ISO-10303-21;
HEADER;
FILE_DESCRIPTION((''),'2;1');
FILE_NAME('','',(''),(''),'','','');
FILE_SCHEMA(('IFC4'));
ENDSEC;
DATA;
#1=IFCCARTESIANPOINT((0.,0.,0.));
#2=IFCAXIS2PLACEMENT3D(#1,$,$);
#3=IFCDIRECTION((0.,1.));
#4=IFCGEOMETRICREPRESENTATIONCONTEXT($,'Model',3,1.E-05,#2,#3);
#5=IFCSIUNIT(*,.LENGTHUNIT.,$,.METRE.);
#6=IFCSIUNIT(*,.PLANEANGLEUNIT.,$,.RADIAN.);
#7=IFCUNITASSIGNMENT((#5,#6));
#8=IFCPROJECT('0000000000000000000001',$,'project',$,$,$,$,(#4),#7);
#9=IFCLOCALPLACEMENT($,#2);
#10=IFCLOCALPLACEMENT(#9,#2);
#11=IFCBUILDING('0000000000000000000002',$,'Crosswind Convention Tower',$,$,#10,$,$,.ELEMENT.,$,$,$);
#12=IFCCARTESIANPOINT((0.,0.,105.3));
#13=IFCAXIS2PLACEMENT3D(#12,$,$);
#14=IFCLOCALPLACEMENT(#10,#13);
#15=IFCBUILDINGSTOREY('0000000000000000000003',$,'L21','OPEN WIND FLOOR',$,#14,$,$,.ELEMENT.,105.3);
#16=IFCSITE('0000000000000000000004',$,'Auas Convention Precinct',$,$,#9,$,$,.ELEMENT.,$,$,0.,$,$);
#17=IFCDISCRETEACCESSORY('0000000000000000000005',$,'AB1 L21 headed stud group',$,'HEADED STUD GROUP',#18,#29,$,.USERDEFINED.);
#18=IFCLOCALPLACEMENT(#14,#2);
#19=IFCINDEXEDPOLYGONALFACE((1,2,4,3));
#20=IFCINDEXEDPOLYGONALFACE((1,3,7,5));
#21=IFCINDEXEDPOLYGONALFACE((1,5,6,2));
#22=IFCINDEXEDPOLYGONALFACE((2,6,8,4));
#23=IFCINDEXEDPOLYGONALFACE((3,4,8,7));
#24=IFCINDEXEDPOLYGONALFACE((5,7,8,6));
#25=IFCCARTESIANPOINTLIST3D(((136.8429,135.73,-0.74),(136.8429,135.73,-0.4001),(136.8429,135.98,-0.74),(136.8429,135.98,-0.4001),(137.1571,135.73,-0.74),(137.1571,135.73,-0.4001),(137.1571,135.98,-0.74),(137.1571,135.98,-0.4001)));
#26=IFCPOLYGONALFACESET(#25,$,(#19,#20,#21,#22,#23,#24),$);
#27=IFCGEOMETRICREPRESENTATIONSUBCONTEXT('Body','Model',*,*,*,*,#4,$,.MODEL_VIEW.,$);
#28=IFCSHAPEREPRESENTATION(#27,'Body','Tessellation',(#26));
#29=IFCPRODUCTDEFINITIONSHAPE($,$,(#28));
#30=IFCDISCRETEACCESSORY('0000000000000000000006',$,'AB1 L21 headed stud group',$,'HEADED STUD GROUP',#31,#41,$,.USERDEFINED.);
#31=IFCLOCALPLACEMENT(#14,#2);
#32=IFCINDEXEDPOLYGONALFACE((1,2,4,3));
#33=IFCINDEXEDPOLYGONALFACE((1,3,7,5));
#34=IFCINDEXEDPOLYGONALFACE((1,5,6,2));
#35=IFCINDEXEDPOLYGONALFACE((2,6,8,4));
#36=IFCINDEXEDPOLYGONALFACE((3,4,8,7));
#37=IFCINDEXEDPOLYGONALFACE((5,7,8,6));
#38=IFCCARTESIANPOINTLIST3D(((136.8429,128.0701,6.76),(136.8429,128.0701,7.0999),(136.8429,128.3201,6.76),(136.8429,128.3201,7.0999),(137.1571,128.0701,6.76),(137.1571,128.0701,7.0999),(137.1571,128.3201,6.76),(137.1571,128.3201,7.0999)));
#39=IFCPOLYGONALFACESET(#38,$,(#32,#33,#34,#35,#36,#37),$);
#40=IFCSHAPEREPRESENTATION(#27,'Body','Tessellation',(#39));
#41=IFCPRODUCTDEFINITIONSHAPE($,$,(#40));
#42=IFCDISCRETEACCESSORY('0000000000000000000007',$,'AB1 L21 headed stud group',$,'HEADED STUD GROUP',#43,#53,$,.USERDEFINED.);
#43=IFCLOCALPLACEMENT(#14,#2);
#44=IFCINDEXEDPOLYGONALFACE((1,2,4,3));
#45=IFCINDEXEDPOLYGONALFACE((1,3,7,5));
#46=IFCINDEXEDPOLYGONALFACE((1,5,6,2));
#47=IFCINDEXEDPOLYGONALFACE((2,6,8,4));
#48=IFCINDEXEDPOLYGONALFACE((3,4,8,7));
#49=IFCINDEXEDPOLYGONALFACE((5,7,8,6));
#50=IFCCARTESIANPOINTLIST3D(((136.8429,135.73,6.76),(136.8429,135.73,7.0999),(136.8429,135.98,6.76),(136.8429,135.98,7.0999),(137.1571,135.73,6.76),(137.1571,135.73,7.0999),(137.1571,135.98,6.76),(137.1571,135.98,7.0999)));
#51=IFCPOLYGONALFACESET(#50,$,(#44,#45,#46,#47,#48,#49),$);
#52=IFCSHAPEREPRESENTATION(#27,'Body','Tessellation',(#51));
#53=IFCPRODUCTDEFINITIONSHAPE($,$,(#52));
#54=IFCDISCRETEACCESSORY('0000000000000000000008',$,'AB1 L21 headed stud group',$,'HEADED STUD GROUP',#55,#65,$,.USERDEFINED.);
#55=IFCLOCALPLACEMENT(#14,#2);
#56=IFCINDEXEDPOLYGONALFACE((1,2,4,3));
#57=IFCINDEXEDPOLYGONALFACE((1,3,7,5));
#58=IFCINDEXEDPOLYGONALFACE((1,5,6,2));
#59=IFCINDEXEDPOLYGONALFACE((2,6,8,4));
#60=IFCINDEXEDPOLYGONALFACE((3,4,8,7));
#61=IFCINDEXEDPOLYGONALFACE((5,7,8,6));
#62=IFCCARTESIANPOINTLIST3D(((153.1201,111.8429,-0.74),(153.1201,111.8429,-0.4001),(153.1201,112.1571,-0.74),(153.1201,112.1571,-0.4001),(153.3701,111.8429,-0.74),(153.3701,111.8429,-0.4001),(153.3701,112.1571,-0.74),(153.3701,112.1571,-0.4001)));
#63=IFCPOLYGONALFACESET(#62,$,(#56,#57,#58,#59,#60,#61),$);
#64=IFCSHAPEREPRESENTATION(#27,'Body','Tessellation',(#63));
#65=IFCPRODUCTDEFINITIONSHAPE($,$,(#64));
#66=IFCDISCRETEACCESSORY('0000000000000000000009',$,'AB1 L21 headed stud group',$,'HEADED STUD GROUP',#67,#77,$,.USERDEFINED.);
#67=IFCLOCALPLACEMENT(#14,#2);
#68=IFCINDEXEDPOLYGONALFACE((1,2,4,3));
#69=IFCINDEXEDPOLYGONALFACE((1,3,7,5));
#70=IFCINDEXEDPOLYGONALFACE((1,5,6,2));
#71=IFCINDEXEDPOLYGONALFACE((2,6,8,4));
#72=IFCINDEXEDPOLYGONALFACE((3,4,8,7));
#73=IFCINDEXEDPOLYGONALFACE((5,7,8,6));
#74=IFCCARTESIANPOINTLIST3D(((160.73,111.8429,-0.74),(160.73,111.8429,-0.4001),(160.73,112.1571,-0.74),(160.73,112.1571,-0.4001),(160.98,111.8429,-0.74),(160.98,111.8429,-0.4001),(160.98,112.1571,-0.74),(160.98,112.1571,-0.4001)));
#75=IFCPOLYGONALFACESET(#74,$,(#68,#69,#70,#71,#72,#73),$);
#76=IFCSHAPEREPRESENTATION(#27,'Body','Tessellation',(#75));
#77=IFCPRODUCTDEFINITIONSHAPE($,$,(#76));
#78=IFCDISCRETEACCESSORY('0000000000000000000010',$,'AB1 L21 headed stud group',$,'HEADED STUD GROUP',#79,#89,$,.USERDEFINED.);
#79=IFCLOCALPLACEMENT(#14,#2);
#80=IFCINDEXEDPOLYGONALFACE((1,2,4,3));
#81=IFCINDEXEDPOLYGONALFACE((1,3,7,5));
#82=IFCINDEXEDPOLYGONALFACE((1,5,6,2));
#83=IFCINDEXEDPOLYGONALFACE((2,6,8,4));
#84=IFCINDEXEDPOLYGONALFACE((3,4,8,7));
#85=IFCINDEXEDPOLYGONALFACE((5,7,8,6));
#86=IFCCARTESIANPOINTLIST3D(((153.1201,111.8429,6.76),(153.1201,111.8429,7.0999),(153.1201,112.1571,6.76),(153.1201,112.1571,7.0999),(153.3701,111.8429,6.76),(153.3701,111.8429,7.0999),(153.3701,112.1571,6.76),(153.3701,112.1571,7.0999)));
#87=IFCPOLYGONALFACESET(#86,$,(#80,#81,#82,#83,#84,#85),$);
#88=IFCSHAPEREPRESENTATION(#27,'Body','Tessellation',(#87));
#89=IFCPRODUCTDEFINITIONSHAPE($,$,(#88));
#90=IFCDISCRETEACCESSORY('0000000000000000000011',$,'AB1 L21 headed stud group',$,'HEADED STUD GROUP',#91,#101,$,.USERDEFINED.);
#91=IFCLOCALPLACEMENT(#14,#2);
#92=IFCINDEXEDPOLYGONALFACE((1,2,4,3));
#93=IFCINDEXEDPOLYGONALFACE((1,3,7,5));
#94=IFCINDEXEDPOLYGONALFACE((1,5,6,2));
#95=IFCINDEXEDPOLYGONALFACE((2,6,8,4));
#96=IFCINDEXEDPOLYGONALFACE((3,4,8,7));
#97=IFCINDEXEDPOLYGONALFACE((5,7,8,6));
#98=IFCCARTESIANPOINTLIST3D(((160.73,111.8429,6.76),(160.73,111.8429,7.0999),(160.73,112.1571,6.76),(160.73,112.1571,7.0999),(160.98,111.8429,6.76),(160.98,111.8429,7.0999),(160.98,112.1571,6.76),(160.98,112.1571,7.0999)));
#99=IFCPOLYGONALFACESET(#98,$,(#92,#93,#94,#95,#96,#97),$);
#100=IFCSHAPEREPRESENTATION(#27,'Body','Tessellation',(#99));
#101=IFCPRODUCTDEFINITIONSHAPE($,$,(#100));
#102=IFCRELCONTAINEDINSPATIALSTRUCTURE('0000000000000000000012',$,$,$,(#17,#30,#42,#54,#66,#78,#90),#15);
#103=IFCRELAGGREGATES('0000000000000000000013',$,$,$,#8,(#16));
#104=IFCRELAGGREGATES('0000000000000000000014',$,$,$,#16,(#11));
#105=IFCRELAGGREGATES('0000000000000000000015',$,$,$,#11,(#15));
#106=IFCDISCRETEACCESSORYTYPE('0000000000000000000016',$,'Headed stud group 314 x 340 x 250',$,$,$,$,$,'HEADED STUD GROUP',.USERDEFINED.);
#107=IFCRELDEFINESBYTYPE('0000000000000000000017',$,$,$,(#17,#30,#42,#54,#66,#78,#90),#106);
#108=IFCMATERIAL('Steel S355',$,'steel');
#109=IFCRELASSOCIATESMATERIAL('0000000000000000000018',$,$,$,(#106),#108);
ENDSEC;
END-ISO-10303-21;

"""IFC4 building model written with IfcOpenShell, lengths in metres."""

from ifc_helpers import new_model, si_unit, direction, frame, origin, origin_2d, place, context, subcontext, project, spatial, rectangle, extrude, material, type_object, element, save


model = new_model("IFC4")

# Units and contexts
model_context = context("Model", 3, precision=1e-05, world=origin(), true_north=direction((0.0, 1.0)))
body_context = subcontext(model_context, "Body", "Model", "MODEL_VIEW")
ifc_project = project(units=[si_unit("LENGTHUNIT", "METRE"), si_unit("PLANEANGLEUNIT", "RADIAN")], contexts=[model_context])

# Site, building, storey
site_placement = place(None, origin())
site = spatial("IfcSite", under=ifc_project, at=site_placement, Name="Auas Convention Precinct", CompositionType="ELEMENT", RefElevation=0.0)
building_placement = place(site_placement, origin())
building = spatial("IfcBuilding", under=site, at=building_placement, Name="Crosswind Convention Tower", CompositionType="ELEMENT")
storey_placement = place(building_placement, frame((0.0, 0.0, 105.3)))
storey = spatial("IfcBuildingStorey", under=building, at=storey_placement, Name="L21", Description="OPEN WIND FLOOR", CompositionType="ELEMENT", Elevation=105.3)

# Shared definitions
ifc_material_1 = material(Name="Steel S355", Category="steel")

# Discrete accessories
discrete_accessory_type_1 = type_object("IfcDiscreteAccessoryType", Name="Headed stud group 314 x 340 x 250", ElementType="HEADED STUD GROUP", PredefinedType="USERDEFINED", material=ifc_material_1)
for number, where, z_axis, x_axis, name in (
    (1, (137.0, 135.855, -0.74), (0.0, 0.0, 1.0), (1.0, 0.0, 0.0), "AB1 L21 headed stud group"),
    (2, (137.0, 128.1951, 6.76), (0.0, 0.0, 1.0), (1.0, 0.0, 0.0), "AB1 L21 headed stud group"),
    (3, (137.0, 135.855, 6.76), (0.0, 0.0, 1.0), (1.0, 0.0, 0.0), "AB1 L21 headed stud group"),
):
    element("IfcDiscreteAccessory", number, at=place(storey_placement, frame(where, z_axis=z_axis, x_axis=x_axis)), inside=storey, type_object=discrete_accessory_type_1, Name=name, ObjectType="HEADED STUD GROUP", PredefinedType="USERDEFINED", context=body_context, shape_type="SweptSolid", body=[
        extrude(rectangle(XDim=0.3142, YDim=0.25, at=origin_2d()), origin(), (0.0, 0.0, 1.0), 0.3398),
    ])
for number, where, z_axis, x_axis, name in (
    (4, (153.2451, 112.0, -0.74), (0.0, 0.0, 1.0), (1.0, 0.0, 0.0), "AB1 L21 headed stud group"),
    (5, (160.855, 112.0, -0.74), (0.0, 0.0, 1.0), (1.0, 0.0, 0.0), "AB1 L21 headed stud group"),
    (6, (153.2451, 112.0, 6.76), (0.0, 0.0, 1.0), (1.0, 0.0, 0.0), "AB1 L21 headed stud group"),
    (7, (160.855, 112.0, 6.76), (0.0, 0.0, 1.0), (1.0, 0.0, 0.0), "AB1 L21 headed stud group"),
):
    element("IfcDiscreteAccessory", number, at=place(storey_placement, frame(where, z_axis=z_axis, x_axis=x_axis)), inside=storey, type_object=discrete_accessory_type_1, Name=name, ObjectType="HEADED STUD GROUP", PredefinedType="USERDEFINED", context=body_context, shape_type="SweptSolid", body=[
        extrude(rectangle(XDim=0.25, YDim=0.3142, at=origin_2d()), origin(), (0.0, 0.0, 1.0), 0.3398),
    ])

save(model, "model.ifc")
